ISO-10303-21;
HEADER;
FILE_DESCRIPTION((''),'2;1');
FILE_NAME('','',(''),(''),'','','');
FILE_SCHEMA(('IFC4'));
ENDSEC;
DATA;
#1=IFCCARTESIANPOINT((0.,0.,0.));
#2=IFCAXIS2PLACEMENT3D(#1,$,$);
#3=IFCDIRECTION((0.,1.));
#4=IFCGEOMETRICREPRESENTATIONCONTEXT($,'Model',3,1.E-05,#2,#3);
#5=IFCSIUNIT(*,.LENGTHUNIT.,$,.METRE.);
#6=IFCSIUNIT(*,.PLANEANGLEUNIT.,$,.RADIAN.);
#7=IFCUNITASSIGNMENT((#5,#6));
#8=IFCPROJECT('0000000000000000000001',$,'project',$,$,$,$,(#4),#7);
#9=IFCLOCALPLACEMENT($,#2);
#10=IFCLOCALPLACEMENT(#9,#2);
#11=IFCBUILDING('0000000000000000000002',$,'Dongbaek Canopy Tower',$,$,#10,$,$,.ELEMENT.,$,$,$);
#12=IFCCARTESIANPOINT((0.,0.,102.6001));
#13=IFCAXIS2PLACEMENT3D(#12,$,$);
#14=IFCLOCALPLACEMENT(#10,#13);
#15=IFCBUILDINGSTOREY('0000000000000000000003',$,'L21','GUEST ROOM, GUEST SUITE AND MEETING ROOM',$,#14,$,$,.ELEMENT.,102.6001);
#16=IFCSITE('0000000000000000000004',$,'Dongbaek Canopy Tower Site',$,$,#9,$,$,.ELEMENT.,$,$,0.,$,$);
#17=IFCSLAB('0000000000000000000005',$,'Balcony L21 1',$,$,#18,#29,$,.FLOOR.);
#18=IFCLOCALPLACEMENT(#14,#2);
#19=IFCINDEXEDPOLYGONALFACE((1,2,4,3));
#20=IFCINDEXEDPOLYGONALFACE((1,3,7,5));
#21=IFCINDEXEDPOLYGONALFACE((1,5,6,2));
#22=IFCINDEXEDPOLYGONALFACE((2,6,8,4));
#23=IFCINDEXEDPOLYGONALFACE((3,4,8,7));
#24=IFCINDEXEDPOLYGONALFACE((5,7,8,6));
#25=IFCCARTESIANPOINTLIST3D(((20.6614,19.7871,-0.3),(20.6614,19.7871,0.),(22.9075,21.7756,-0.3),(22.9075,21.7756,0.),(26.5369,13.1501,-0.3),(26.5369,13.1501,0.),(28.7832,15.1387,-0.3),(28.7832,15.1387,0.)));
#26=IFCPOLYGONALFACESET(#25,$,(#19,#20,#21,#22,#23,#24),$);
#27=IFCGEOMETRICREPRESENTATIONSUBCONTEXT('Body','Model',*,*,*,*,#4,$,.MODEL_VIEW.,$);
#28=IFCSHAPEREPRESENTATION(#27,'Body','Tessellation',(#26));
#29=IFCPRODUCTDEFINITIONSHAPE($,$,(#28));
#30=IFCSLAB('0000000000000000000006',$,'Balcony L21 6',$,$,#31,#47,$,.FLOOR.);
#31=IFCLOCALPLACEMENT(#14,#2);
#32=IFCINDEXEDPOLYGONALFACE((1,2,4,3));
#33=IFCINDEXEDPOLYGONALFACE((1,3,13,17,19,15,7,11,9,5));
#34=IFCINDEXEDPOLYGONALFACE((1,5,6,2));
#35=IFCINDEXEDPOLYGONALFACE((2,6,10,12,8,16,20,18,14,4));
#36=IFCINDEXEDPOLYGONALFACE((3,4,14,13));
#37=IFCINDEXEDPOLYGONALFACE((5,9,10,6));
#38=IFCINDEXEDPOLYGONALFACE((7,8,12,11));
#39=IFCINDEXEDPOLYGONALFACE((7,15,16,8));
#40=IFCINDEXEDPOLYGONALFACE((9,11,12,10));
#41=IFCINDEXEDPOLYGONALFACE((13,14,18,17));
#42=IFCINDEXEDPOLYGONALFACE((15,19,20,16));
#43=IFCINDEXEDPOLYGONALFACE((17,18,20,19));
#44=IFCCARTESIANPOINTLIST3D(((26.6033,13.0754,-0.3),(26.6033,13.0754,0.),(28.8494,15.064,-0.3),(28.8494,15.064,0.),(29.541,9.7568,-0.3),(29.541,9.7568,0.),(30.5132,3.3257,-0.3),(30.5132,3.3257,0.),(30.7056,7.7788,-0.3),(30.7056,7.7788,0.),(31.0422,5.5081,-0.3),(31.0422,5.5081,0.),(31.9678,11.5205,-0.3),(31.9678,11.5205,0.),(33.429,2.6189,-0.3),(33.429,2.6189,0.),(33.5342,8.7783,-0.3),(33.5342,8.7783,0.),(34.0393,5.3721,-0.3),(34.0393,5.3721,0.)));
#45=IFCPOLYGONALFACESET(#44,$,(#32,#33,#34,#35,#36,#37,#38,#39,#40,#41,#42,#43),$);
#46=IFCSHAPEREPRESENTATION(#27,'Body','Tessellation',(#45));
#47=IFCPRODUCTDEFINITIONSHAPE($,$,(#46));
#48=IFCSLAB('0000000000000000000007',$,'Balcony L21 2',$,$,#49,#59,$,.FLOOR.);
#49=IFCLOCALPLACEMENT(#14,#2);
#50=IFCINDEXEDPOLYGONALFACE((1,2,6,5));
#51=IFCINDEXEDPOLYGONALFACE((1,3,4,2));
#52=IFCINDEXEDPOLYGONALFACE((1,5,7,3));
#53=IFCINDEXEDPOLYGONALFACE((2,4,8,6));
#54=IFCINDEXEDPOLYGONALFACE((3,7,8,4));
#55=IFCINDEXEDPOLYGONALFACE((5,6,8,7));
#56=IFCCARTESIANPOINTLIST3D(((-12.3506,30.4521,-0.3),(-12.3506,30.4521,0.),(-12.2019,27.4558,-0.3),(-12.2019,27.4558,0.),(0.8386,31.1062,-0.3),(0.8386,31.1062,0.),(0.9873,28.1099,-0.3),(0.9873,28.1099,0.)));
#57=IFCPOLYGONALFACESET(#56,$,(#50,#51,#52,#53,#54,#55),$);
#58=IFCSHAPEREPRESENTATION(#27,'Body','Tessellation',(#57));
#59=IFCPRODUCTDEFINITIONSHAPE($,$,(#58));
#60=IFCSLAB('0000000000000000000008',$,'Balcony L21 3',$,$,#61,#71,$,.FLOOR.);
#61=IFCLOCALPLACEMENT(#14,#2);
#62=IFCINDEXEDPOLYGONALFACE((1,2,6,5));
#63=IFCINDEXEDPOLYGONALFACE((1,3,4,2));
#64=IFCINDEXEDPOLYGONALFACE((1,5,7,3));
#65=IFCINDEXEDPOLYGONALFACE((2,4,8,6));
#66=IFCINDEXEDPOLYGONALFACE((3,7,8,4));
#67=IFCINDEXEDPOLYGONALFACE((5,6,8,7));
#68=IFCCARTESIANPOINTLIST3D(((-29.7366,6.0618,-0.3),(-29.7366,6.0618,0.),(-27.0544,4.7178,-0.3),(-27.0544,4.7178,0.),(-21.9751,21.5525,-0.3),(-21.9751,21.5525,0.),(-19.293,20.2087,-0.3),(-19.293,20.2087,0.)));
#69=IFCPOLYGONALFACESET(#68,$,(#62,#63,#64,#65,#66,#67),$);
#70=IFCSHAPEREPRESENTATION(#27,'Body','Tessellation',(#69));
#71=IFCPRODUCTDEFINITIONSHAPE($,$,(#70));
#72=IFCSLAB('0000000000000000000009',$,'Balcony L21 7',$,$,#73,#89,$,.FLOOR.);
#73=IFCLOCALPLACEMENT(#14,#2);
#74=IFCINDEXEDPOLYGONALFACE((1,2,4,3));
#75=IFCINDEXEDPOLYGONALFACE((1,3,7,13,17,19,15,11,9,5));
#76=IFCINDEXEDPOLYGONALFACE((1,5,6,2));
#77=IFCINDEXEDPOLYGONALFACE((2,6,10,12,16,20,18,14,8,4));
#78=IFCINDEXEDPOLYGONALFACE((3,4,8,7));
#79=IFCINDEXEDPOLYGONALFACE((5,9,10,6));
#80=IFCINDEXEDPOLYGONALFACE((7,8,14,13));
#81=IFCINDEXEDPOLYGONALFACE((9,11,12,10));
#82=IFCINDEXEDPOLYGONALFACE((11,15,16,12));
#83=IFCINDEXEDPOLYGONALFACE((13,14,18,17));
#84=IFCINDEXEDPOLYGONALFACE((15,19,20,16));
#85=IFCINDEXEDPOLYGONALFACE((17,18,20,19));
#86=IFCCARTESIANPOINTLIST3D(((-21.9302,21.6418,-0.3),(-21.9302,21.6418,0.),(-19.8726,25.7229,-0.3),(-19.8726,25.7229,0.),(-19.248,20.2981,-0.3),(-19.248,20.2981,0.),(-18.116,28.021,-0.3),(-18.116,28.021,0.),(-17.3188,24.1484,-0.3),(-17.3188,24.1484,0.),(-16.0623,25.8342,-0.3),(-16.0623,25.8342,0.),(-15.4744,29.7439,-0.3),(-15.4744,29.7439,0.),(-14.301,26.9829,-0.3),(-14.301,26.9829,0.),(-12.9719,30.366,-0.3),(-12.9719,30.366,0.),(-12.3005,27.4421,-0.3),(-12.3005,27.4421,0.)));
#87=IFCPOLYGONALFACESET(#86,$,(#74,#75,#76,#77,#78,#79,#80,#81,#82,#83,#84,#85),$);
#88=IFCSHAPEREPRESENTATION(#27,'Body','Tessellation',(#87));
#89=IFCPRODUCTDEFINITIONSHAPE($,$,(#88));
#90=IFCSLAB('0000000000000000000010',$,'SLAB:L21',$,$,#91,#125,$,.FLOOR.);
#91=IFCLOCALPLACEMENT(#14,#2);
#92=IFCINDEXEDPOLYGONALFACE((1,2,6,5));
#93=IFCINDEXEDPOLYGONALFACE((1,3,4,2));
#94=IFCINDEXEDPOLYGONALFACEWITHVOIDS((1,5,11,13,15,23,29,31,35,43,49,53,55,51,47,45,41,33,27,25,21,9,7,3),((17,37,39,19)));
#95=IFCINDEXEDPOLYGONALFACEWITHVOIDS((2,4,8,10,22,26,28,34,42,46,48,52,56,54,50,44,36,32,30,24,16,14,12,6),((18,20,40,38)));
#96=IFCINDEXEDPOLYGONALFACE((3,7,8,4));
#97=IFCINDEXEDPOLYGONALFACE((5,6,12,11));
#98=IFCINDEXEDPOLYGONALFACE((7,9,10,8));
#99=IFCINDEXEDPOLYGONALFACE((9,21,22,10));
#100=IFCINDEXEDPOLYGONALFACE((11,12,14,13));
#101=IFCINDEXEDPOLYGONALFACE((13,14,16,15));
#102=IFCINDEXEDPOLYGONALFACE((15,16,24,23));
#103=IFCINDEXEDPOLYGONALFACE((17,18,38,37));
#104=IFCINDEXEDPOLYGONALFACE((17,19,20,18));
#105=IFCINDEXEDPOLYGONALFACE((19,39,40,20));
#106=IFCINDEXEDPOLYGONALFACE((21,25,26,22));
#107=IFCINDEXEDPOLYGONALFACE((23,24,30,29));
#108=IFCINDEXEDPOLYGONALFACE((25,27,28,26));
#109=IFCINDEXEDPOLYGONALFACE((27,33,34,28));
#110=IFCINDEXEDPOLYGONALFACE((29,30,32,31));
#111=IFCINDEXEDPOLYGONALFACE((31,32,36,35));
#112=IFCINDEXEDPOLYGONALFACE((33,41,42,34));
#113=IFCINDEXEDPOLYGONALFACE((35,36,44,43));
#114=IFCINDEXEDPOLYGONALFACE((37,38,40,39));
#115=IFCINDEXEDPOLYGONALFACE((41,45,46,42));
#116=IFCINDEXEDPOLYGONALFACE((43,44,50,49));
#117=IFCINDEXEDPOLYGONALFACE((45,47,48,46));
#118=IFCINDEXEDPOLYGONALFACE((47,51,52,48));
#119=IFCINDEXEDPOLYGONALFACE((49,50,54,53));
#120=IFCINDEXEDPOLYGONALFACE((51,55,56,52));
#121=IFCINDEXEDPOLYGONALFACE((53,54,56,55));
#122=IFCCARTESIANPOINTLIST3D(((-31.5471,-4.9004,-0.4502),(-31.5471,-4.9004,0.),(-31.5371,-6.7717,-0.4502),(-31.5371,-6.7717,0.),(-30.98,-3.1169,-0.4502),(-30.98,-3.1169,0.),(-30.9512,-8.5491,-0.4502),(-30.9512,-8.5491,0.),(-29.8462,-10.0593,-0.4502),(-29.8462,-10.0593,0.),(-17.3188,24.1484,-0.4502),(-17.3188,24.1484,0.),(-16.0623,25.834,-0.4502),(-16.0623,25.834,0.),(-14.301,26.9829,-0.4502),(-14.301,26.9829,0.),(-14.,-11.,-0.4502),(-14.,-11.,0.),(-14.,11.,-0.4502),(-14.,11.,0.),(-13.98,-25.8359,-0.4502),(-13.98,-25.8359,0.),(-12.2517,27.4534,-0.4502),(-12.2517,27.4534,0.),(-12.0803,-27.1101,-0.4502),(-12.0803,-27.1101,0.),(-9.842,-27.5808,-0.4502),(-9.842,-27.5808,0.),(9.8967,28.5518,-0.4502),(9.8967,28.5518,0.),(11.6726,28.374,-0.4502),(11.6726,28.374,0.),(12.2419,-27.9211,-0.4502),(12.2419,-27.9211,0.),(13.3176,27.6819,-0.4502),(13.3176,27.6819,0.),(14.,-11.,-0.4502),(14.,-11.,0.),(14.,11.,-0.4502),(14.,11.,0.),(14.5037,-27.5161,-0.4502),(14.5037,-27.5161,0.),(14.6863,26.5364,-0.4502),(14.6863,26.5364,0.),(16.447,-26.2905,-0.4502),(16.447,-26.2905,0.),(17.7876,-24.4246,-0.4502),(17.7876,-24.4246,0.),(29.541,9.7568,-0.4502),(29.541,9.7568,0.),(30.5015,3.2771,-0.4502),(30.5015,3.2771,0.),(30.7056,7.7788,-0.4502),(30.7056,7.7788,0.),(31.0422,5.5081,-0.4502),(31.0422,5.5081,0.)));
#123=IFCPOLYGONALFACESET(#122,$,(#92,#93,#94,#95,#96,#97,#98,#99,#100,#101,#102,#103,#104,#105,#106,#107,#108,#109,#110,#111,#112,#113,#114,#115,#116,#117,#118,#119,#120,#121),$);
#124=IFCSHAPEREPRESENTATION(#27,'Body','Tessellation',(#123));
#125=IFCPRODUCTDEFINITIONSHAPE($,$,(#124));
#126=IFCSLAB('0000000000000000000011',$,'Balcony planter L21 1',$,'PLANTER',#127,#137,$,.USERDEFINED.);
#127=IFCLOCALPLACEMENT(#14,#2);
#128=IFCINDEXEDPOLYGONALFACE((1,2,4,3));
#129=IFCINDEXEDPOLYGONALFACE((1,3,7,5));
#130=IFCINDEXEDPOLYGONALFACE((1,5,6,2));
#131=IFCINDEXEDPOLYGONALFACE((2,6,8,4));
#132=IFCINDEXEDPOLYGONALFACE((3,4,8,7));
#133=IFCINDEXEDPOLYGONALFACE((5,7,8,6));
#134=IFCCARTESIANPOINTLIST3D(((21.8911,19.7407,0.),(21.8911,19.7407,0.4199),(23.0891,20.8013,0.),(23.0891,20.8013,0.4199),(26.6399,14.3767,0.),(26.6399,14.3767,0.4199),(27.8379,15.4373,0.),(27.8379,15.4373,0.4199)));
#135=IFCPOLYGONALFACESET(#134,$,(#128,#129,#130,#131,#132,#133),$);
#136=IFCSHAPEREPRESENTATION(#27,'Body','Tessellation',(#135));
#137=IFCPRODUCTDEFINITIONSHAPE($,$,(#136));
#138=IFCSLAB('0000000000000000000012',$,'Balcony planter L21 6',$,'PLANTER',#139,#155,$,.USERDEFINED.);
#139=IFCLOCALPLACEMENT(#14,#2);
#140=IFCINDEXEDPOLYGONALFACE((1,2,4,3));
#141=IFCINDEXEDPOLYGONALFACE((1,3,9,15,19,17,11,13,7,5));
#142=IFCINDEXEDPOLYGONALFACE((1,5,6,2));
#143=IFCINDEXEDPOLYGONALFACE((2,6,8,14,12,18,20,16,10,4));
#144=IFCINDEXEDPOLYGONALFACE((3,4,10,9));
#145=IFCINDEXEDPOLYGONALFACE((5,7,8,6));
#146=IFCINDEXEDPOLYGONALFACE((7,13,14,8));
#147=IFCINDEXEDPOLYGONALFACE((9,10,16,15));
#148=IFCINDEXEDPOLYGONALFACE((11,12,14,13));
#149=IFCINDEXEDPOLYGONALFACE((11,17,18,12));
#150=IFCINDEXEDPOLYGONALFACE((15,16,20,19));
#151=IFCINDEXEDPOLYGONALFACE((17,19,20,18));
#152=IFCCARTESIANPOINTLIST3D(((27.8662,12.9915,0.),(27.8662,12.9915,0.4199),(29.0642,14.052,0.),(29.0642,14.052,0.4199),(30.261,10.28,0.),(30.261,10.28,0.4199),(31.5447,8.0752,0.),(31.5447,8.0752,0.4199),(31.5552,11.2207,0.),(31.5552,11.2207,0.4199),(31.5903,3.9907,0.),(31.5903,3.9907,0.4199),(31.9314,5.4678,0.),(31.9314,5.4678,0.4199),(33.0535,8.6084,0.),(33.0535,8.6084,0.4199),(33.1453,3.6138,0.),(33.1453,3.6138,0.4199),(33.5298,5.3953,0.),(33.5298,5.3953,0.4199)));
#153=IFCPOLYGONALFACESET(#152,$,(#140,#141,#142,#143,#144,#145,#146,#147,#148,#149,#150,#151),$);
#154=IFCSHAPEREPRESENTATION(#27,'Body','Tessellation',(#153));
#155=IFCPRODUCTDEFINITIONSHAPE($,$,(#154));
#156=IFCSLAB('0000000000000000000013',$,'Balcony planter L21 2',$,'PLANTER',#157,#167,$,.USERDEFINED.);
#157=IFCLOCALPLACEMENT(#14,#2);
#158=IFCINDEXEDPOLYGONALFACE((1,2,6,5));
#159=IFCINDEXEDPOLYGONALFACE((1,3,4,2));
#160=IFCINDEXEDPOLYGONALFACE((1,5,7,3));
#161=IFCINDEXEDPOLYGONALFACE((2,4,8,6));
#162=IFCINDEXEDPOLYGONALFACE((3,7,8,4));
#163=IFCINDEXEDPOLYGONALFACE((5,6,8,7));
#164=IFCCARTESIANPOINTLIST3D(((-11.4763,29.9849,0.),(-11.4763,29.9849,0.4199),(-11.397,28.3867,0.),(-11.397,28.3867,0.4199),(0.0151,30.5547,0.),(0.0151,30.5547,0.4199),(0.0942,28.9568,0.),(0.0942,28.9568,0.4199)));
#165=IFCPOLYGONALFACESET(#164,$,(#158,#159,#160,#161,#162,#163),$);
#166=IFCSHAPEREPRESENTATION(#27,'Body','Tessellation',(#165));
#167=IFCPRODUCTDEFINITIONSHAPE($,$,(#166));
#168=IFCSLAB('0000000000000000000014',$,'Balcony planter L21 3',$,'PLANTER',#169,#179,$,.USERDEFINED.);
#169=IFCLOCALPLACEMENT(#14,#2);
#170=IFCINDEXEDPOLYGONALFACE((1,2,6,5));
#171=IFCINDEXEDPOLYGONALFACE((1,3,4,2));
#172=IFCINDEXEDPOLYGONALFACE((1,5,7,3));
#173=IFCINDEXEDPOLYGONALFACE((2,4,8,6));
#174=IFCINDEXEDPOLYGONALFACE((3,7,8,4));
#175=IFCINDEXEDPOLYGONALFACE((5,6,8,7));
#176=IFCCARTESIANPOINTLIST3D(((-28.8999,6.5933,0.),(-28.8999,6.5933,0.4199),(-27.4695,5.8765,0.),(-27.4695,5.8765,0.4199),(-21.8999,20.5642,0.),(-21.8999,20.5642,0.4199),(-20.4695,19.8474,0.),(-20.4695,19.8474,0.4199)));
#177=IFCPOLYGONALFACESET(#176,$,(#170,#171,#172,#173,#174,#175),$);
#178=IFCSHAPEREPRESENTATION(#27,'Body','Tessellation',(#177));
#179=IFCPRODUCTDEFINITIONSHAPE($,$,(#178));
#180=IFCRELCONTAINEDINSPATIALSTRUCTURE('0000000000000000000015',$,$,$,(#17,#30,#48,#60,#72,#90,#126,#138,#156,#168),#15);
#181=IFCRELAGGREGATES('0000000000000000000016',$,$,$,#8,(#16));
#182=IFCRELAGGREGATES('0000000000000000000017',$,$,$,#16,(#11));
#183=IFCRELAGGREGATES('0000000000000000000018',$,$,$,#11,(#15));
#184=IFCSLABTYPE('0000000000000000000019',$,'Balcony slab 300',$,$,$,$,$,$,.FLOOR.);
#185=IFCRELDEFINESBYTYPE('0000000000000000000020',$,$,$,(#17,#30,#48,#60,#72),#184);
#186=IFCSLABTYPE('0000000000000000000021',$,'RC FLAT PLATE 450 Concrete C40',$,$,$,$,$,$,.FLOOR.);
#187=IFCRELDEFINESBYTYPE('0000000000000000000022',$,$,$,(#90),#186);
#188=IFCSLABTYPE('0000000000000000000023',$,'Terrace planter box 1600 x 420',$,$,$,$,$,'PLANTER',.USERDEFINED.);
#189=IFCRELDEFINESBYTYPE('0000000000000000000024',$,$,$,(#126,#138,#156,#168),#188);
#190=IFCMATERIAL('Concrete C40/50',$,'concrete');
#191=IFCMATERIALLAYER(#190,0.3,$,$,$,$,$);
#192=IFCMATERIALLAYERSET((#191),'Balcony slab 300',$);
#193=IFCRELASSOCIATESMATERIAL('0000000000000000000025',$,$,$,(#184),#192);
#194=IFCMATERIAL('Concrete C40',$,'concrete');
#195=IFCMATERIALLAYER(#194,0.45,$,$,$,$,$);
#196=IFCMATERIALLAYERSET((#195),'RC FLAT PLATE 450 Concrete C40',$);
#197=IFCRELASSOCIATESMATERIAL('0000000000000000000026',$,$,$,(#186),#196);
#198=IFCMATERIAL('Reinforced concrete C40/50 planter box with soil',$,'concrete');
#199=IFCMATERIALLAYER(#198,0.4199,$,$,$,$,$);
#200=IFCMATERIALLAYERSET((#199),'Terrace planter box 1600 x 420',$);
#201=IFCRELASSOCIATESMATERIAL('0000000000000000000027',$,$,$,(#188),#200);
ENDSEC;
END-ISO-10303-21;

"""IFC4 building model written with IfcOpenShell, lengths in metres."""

from ifc_helpers import new_model, si_unit, direction, frame, origin, place, context, subcontext, project, spatial, polyline, outline, extrude, material, layer, layer_set, type_object, element, save


model = new_model("IFC4")

# Units and contexts
model_context = context("Model", 3, precision=1e-05, world=origin(), true_north=direction((0.0, 1.0)))
body_context = subcontext(model_context, "Body", "Model", "MODEL_VIEW")
ifc_project = project(units=[si_unit("LENGTHUNIT", "METRE"), si_unit("PLANEANGLEUNIT", "RADIAN")], contexts=[model_context])

# Site, building, storey
site_placement = place(None, origin())
site = spatial("IfcSite", under=ifc_project, at=site_placement, Name="Dongbaek Canopy Tower Site", CompositionType="ELEMENT", RefElevation=0.0)
building_placement = place(site_placement, origin())
building = spatial("IfcBuilding", under=site, at=building_placement, Name="Dongbaek Canopy Tower", CompositionType="ELEMENT")
storey_placement = place(building_placement, frame((0.0, 0.0, 102.6001)))
storey = spatial("IfcBuildingStorey", under=building, at=storey_placement, Name="L21", Description="GUEST ROOM, GUEST SUITE AND MEETING ROOM", CompositionType="ELEMENT", Elevation=102.6001)

# Slabs
ifc_material_1 = material(Name="Concrete C40/50", Category="concrete")
ifc_layer_1 = layer(ifc_material_1, 0.3)
ifc_layer_set_1 = layer_set([ifc_layer_1], Name="Balcony slab 300")
slab_type_1 = type_object("IfcSlabType", Name="Balcony slab 300", PredefinedType="FLOOR", material=ifc_layer_set_1)
slab_1_placement = place(storey_placement, frame((0.0, 0.0, -0.3)))
element("IfcSlab", 1, at=slab_1_placement, inside=storey, type_object=slab_type_1, Name="Balcony L21 1", PredefinedType="FLOOR", context=body_context, shape_type="SweptSolid", body=[
    extrude(outline(polyline([(26.5369, 13.1501), (20.6614, 19.7871), (22.9075, 21.7756), (28.7832, 15.1387), (26.5369, 13.1501)])), origin(), (0.0, 0.0, 1.0), 0.3),
])
slab_2_placement = place(storey_placement, frame((0.0, 0.0, -0.3)))
element("IfcSlab", 2, at=slab_2_placement, inside=storey, type_object=slab_type_1, Name="Balcony L21 6", PredefinedType="FLOOR", context=body_context, shape_type="SweptSolid", body=[
    extrude(outline(polyline([(30.5132, 3.3257), (31.0422, 5.5081), (30.7056, 7.7788), (29.541, 9.7568), (26.6033, 13.0754), (28.8494, 15.064), (31.9678, 11.5205), (33.5342, 8.7783), (34.0393, 5.3721), (33.429, 2.6189), (30.5132, 3.3257)])), origin(), (0.0, 0.0, 1.0), 0.3),
])
slab_3_placement = place(storey_placement, frame((0.0, 0.0, -0.3)))
element("IfcSlab", 3, at=slab_3_placement, inside=storey, type_object=slab_type_1, Name="Balcony L21 2", PredefinedType="FLOOR", context=body_context, shape_type="SweptSolid", body=[
    extrude(outline(polyline([(0.9873, 28.1099), (-12.2019, 27.4558), (-12.3506, 30.4521), (0.8386, 31.1062), (0.9873, 28.1099)])), origin(), (0.0, 0.0, 1.0), 0.3),
])
slab_4_placement = place(storey_placement, frame((0.0, 0.0, -0.3)))
element("IfcSlab", 4, at=slab_4_placement, inside=storey, type_object=slab_type_1, Name="Balcony L21 3", PredefinedType="FLOOR", context=body_context, shape_type="SweptSolid", body=[
    extrude(outline(polyline([(-19.293, 20.2087), (-27.0544, 4.7178), (-29.7366, 6.0618), (-21.9751, 21.5525), (-19.293, 20.2087)])), origin(), (0.0, 0.0, 1.0), 0.3),
])
slab_5_placement = place(storey_placement, frame((0.0, 0.0, -0.3)))
element("IfcSlab", 5, at=slab_5_placement, inside=storey, type_object=slab_type_1, Name="Balcony L21 7", PredefinedType="FLOOR", context=body_context, shape_type="SweptSolid", body=[
    extrude(outline(polyline([(-12.3005, 27.4421), (-14.301, 26.9829), (-16.0623, 25.8342), (-17.3188, 24.1484), (-19.248, 20.2981), (-21.9302, 21.6418), (-19.8726, 25.7229), (-18.116, 28.021), (-15.4744, 29.7439), (-12.9719, 30.366), (-12.3005, 27.4421)])), origin(), (0.0, 0.0, 1.0), 0.3),
])
ifc_material_2 = material(Name="Concrete C40", Category="concrete")
ifc_layer_2 = layer(ifc_material_2, 0.45)
ifc_layer_set_2 = layer_set([ifc_layer_2], Name="RC FLAT PLATE 450 Concrete C40")
slab_type_2 = type_object("IfcSlabType", Name="RC FLAT PLATE 450 Concrete C40", PredefinedType="FLOOR", material=ifc_layer_set_2)
slab_6_placement = place(storey_placement, frame((0.0, 0.0, -0.4502)))
element("IfcSlab", 6, at=slab_6_placement, inside=storey, type_object=slab_type_2, Name="SLAB:L21", PredefinedType="FLOOR", context=body_context, shape_type="SweptSolid", body=[
    extrude(outline(polyline([(17.7876, -24.4246), (16.447, -26.2905), (14.5037, -27.5161), (12.2419, -27.9211), (-9.842, -27.5808), (-12.0803, -27.1101), (-13.98, -25.8359), (-29.8462, -10.0593), (-30.9512, -8.5491), (-31.5371, -6.7717), (-31.5471, -4.9004), (-30.98, -3.1169), (-17.3188, 24.1484), (-16.0623, 25.834), (-14.301, 26.9829), (-12.2517, 27.4534), (9.8967, 28.5518), (11.6726, 28.374), (13.3176, 27.6819), (14.6863, 26.5364), (29.541, 9.7568), (30.7056, 7.7788), (31.0422, 5.5081), (30.5015, 3.2771), (17.7876, -24.4246)]), holes=[polyline([(14.0, 11.0), (-14.0, 11.0), (-14.0, -11.0), (14.0, -11.0), (14.0, 11.0)])]), origin(), (0.0, 0.0, 1.0), 0.4502),
])
ifc_material_3 = material(Name="Reinforced concrete C40/50 planter box with soil", Category="concrete")
ifc_layer_3 = layer(ifc_material_3, 0.4199)
ifc_layer_set_3 = layer_set([ifc_layer_3], Name="Terrace planter box 1600 x 420")
slab_type_3 = type_object("IfcSlabType", Name="Terrace planter box 1600 x 420", ElementType="PLANTER", PredefinedType="USERDEFINED", material=ifc_layer_set_3)
slab_7_placement = place(storey_placement, origin())
element("IfcSlab", 7, at=slab_7_placement, inside=storey, type_object=slab_type_3, Name="Balcony planter L21 1", ObjectType="PLANTER", PredefinedType="USERDEFINED", context=body_context, shape_type="SweptSolid", body=[
    extrude(outline(polyline([(26.6399, 14.3767), (21.8911, 19.7407), (23.0891, 20.8013), (27.8379, 15.4373), (26.6399, 14.3767)])), origin(), (0.0, 0.0, 1.0), 0.4199),
])
slab_8_placement = place(storey_placement, origin())
element("IfcSlab", 8, at=slab_8_placement, inside=storey, type_object=slab_type_3, Name="Balcony planter L21 6", ObjectType="PLANTER", PredefinedType="USERDEFINED", context=body_context, shape_type="SweptSolid", body=[
    extrude(outline(polyline([(31.5903, 3.9907), (31.9314, 5.4678), (31.5447, 8.0752), (30.261, 10.28), (27.8662, 12.9915), (29.0642, 14.052), (31.5552, 11.2207), (33.0535, 8.6084), (33.5298, 5.3953), (33.1453, 3.6138), (31.5903, 3.9907)])), origin(), (0.0, 0.0, 1.0), 0.4199),
])
slab_9_placement = place(storey_placement, origin())
element("IfcSlab", 9, at=slab_9_placement, inside=storey, type_object=slab_type_3, Name="Balcony planter L21 2", ObjectType="PLANTER", PredefinedType="USERDEFINED", context=body_context, shape_type="SweptSolid", body=[
    extrude(outline(polyline([(0.0942, 28.9568), (-11.397, 28.3867), (-11.4763, 29.9849), (0.0151, 30.5547), (0.0942, 28.9568)])), origin(), (0.0, 0.0, 1.0), 0.4199),
])
slab_10_placement = place(storey_placement, origin())
element("IfcSlab", 10, at=slab_10_placement, inside=storey, type_object=slab_type_3, Name="Balcony planter L21 3", ObjectType="PLANTER", PredefinedType="USERDEFINED", context=body_context, shape_type="SweptSolid", body=[
    extrude(outline(polyline([(-20.4695, 19.8474), (-27.4695, 5.8765), (-28.8999, 6.5933), (-21.8999, 20.5642), (-20.4695, 19.8474)])), origin(), (0.0, 0.0, 1.0), 0.4199),
])

save(model, "model.ifc")
